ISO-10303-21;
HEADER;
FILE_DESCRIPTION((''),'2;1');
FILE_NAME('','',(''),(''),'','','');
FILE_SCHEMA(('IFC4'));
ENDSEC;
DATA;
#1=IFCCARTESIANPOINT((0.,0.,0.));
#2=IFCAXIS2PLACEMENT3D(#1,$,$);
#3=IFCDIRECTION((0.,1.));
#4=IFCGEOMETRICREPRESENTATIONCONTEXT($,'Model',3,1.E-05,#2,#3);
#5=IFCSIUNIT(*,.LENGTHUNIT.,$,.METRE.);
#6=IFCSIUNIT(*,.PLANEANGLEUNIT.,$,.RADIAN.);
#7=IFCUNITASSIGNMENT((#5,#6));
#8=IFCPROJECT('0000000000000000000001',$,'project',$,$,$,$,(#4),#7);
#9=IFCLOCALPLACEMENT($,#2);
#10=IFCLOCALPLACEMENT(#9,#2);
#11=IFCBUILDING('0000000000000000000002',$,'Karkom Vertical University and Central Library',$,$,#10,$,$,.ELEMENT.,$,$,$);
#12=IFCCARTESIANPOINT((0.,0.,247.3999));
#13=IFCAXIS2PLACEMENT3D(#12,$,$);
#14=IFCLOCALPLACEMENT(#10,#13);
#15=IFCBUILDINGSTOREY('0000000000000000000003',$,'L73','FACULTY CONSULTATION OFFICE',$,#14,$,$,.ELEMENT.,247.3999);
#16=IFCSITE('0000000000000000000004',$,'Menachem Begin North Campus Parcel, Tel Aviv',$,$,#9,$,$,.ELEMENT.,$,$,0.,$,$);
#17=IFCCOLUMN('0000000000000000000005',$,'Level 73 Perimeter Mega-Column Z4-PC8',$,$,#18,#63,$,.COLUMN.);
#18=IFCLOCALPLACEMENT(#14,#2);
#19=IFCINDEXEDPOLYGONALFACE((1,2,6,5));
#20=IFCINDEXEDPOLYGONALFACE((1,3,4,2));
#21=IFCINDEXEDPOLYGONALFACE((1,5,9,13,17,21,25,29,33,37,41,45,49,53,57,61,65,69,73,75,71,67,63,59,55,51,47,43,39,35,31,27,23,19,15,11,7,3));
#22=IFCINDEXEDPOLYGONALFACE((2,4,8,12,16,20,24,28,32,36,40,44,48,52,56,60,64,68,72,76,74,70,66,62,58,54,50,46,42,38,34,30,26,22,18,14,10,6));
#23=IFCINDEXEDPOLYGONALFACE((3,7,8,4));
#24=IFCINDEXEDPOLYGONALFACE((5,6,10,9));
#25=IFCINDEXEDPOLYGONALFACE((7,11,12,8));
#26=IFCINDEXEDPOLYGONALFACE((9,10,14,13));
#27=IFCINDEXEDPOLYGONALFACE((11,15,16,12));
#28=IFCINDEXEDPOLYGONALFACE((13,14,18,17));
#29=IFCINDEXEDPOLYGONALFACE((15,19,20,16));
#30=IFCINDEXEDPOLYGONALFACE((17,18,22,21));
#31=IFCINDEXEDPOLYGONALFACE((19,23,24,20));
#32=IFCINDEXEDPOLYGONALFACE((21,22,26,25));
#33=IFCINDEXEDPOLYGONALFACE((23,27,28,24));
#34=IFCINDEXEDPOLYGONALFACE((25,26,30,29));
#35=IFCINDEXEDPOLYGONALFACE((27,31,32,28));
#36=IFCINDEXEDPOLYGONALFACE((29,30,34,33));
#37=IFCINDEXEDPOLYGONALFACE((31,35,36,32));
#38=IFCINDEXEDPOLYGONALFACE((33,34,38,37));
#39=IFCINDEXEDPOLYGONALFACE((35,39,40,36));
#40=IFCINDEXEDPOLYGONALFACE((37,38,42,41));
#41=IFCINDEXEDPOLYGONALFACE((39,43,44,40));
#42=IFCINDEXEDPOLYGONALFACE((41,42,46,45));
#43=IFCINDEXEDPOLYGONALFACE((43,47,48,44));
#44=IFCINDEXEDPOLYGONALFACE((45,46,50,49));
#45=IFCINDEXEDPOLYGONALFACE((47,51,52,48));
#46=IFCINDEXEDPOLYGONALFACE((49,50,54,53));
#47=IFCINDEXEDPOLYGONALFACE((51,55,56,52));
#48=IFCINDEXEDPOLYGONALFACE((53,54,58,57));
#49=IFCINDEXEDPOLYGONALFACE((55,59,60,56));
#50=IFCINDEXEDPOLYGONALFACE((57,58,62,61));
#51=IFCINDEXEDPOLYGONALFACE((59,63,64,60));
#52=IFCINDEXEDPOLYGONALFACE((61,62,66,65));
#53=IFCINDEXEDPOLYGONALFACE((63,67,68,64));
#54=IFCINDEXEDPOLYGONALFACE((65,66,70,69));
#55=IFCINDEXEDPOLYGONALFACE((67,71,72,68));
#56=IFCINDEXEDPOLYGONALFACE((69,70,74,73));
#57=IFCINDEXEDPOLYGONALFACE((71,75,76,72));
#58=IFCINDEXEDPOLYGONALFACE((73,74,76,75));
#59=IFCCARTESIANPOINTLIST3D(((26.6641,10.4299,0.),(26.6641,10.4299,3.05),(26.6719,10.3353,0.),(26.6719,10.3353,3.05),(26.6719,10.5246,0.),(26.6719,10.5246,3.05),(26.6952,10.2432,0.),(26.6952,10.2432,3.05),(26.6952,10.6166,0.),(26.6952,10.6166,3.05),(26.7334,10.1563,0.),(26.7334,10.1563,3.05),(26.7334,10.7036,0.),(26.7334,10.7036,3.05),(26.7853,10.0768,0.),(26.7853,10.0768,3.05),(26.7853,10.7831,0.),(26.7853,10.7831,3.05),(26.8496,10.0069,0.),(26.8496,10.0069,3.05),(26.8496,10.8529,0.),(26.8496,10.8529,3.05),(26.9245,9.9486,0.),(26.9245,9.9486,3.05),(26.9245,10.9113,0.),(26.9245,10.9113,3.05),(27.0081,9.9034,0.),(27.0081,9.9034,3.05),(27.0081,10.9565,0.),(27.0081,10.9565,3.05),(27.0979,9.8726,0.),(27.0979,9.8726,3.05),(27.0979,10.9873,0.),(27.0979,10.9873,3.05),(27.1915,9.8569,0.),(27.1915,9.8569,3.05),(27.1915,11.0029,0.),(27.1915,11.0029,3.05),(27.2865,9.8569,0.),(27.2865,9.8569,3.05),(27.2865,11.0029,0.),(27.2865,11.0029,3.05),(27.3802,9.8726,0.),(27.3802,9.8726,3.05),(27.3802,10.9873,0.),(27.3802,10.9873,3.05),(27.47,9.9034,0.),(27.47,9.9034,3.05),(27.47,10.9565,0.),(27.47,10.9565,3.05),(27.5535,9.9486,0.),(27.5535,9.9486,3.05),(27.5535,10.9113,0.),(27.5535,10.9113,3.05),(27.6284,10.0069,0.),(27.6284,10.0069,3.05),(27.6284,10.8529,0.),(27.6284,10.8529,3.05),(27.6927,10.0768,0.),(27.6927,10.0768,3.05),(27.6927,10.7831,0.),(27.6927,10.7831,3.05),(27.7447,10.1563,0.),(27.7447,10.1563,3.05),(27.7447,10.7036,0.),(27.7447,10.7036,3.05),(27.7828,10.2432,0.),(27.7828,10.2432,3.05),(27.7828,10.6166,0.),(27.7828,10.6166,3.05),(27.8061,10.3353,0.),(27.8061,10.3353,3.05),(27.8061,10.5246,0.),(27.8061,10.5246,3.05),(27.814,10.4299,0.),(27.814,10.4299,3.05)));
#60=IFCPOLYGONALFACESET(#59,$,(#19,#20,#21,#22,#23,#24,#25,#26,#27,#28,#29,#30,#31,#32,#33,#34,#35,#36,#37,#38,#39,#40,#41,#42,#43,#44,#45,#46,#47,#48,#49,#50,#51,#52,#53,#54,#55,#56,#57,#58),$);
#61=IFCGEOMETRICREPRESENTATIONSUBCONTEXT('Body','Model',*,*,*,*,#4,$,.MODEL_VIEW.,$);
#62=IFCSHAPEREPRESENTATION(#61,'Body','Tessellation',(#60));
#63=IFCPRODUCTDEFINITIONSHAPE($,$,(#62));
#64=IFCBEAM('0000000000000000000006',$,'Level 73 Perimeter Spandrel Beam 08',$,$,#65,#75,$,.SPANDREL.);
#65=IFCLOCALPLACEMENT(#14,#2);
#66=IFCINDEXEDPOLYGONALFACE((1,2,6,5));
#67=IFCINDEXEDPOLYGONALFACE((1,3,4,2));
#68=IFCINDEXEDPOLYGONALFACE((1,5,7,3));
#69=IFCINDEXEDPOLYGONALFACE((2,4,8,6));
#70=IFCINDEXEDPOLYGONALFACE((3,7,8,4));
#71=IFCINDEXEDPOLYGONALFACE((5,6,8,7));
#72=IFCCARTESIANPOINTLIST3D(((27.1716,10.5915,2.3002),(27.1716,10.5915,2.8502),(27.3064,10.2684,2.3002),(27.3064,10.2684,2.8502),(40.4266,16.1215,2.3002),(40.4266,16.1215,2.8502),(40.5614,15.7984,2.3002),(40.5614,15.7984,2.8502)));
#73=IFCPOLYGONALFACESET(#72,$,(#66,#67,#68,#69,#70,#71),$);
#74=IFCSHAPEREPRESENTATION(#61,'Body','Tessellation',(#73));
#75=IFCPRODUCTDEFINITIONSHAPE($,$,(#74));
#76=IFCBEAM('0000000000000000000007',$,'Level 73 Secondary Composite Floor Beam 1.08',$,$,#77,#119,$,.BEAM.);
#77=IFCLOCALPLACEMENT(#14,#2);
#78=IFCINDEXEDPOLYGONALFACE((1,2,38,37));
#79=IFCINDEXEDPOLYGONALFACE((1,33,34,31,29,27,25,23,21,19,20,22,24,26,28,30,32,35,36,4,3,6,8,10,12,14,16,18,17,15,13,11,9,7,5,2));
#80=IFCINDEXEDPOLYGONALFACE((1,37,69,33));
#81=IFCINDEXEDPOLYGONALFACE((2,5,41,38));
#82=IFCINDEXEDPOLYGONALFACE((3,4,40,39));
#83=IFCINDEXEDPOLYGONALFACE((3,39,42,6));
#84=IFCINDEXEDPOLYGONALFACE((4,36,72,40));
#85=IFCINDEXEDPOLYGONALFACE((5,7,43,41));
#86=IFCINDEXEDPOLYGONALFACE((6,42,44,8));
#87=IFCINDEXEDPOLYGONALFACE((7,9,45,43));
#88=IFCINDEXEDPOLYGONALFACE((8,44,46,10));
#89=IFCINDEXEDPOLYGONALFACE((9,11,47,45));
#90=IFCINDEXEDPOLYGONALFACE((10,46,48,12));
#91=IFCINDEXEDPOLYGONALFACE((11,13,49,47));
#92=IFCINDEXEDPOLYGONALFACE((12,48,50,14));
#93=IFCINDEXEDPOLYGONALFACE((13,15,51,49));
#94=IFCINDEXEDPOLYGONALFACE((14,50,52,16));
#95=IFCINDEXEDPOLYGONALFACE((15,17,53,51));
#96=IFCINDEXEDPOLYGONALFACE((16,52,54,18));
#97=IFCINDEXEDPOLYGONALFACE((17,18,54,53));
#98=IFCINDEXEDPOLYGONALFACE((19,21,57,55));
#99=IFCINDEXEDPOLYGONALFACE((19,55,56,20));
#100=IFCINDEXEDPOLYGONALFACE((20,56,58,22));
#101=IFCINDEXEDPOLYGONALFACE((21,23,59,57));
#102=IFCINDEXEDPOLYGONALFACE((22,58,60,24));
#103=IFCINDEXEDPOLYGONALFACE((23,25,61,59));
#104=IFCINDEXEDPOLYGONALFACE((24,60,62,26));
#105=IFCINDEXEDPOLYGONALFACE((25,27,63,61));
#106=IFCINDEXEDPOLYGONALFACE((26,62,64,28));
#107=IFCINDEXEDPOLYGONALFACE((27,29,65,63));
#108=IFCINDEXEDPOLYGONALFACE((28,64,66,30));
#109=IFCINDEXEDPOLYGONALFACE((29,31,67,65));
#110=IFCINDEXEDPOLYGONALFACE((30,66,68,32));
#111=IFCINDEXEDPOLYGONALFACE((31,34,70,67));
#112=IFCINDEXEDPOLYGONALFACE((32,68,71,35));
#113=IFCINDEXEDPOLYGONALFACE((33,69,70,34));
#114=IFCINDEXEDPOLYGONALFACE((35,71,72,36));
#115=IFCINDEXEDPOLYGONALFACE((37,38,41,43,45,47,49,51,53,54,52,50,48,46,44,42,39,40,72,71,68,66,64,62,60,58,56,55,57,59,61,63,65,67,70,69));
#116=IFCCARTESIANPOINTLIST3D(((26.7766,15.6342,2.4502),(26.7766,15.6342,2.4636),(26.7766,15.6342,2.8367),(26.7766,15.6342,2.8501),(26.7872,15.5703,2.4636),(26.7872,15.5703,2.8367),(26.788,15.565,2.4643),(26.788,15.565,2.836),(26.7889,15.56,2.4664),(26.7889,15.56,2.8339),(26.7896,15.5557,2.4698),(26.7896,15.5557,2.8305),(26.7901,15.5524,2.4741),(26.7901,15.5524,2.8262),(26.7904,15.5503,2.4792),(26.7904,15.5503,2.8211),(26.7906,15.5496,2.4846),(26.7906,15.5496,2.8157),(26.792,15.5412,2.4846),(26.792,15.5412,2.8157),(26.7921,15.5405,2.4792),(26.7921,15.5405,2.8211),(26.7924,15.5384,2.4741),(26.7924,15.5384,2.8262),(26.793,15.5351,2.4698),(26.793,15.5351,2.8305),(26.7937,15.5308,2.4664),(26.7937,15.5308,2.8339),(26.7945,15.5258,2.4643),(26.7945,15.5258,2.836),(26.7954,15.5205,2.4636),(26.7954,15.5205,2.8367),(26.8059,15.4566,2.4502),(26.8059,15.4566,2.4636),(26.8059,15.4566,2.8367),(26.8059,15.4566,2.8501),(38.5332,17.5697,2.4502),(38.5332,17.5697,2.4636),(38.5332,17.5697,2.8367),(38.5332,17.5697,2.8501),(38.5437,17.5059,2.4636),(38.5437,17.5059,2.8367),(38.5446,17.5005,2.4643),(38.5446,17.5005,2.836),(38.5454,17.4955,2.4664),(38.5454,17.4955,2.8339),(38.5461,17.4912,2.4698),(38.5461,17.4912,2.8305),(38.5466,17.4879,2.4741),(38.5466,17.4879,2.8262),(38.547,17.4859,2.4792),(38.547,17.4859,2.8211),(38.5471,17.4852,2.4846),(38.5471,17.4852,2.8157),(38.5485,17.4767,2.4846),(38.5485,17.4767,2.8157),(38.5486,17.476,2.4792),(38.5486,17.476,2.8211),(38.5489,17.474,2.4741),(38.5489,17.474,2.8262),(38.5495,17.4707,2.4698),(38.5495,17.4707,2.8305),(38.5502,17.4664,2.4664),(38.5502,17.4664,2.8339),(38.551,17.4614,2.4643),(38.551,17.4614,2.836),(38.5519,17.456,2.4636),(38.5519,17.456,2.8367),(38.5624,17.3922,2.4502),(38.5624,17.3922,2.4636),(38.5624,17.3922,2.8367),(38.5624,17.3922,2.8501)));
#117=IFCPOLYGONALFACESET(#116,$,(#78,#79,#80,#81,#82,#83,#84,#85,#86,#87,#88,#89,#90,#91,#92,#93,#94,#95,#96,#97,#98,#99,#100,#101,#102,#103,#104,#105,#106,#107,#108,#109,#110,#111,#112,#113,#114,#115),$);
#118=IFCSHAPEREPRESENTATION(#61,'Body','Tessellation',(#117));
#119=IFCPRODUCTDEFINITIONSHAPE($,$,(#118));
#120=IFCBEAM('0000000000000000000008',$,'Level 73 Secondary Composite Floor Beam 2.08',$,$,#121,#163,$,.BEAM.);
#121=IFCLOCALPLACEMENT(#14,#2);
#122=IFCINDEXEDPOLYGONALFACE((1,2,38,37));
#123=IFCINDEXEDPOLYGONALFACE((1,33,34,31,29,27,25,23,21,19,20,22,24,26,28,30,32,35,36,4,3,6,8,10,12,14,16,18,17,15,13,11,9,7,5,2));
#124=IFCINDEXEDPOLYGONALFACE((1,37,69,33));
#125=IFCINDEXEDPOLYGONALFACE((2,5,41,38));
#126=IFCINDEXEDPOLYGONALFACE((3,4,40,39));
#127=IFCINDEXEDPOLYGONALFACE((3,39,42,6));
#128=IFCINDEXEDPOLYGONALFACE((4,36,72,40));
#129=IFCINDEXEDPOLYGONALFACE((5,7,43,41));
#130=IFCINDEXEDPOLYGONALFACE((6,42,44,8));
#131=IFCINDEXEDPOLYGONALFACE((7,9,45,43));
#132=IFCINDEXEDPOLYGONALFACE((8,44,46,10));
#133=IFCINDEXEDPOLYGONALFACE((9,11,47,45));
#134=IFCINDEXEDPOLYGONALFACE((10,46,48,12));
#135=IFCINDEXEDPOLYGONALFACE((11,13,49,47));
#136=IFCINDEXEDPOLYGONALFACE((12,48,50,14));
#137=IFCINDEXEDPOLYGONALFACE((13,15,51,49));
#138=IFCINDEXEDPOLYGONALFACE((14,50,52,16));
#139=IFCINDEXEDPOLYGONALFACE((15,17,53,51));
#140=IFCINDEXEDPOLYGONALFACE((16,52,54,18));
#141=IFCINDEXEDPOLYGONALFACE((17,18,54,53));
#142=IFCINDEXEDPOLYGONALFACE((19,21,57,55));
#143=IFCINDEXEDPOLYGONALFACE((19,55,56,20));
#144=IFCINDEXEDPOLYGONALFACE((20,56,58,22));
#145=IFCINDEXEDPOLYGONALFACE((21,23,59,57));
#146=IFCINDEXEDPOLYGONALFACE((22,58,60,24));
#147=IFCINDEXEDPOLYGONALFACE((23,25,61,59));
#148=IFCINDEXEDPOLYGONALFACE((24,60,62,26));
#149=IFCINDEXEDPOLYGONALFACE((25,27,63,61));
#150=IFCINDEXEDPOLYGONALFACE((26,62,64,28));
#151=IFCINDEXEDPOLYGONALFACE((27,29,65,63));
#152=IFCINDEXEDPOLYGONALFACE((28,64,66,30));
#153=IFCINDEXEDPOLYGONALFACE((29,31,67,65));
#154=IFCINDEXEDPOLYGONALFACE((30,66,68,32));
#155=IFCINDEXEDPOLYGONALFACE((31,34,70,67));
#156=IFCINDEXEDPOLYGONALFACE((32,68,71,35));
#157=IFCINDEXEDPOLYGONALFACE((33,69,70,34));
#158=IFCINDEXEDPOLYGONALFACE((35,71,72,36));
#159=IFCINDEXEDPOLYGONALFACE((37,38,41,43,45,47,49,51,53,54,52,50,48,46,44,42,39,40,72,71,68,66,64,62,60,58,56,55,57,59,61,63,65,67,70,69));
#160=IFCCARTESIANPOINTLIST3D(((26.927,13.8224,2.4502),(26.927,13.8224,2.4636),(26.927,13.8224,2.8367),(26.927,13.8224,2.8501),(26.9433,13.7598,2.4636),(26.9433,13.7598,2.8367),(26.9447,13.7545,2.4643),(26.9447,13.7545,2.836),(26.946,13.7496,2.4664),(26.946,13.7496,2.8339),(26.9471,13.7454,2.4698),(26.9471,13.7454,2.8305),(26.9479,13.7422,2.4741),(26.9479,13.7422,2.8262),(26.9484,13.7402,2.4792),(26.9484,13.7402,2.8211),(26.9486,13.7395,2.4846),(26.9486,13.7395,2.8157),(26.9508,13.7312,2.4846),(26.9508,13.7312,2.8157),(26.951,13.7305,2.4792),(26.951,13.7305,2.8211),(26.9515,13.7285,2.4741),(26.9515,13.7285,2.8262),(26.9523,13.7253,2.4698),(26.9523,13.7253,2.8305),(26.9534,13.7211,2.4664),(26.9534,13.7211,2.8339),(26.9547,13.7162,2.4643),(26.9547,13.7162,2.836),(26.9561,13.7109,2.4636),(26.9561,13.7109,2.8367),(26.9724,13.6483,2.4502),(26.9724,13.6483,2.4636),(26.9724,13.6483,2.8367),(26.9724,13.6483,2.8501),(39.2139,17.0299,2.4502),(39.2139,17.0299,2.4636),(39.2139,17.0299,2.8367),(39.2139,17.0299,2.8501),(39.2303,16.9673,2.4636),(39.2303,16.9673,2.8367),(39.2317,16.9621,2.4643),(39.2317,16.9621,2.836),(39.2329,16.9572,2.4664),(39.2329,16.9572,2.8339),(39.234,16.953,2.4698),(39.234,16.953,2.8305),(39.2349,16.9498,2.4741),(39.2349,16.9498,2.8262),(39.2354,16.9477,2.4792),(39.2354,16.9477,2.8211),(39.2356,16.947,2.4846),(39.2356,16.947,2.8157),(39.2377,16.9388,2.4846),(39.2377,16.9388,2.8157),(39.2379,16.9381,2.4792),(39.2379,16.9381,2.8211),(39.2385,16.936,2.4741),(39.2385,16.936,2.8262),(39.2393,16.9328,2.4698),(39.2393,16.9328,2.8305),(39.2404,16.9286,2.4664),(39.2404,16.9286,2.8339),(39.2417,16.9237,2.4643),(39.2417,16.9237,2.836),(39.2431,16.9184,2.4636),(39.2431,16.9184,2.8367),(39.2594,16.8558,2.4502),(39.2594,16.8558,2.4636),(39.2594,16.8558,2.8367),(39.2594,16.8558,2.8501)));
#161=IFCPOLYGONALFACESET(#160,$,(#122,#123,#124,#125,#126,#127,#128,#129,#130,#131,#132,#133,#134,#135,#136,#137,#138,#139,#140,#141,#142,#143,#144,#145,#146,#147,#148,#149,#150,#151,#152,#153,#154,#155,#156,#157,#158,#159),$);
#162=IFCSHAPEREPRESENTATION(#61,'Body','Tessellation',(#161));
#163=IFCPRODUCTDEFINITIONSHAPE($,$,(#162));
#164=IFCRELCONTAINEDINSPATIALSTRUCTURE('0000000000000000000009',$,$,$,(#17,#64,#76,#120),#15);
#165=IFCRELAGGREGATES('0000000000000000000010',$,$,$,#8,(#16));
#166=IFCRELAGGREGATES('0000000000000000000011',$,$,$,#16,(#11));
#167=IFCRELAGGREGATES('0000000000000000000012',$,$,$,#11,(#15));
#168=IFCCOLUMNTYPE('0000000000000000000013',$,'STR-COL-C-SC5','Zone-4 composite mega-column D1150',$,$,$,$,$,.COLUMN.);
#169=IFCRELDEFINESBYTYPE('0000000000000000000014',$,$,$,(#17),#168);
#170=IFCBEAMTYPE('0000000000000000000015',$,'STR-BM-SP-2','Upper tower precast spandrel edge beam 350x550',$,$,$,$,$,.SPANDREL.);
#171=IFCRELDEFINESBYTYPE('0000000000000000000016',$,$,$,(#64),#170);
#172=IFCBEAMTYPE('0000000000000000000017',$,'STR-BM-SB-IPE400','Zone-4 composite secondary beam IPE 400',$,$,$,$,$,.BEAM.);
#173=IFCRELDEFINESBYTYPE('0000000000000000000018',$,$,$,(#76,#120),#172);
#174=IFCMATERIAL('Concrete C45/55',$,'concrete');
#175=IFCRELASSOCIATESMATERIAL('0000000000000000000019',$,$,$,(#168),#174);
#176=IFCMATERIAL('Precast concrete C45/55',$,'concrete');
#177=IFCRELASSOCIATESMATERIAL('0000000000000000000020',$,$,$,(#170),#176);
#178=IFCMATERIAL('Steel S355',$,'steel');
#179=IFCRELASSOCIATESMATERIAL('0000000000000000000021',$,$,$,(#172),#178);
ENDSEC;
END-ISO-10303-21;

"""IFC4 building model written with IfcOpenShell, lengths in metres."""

from ifc_helpers import new_model, si_unit, direction, frame, origin, origin_with_axes, origin_2d, place, context, subcontext, project, spatial, rectangle, circle, i_section, extrude, source, transform, mapped, material, material_profile, profile_set, type_object, element, save


model = new_model("IFC4")

# Units and contexts
model_context = context("Model", 3, precision=1e-05, world=origin(), true_north=direction((0.0, 1.0)))
body_context = subcontext(model_context, "Body", "Model", "MODEL_VIEW")
ifc_project = project(units=[si_unit("LENGTHUNIT", "METRE"), si_unit("PLANEANGLEUNIT", "RADIAN")], contexts=[model_context])

# Site, building, storey
site_placement = place(None, origin())
site = spatial("IfcSite", under=ifc_project, at=site_placement, Name="Menachem Begin North Campus Parcel, Tel Aviv", CompositionType="ELEMENT", RefElevation=0.0)
building_placement = place(site_placement, origin())
building = spatial("IfcBuilding", under=site, at=building_placement, Name="Karkom Vertical University and Central Library", CompositionType="ELEMENT")
storey_placement = place(building_placement, frame((0.0, 0.0, 247.3999)))
storey = spatial("IfcBuildingStorey", under=building, at=storey_placement, Name="L73", Description="FACULTY CONSULTATION OFFICE", CompositionType="ELEMENT", Elevation=247.3999)

# Column
ifc_material_1 = material(Name="Concrete C45/55", Category="concrete")
ifc_material_profile_1 = material_profile(ifc_material_1, circle(Radius=0.575, at=origin_2d()), Name="CFT-D1150")
ifc_profile_set_1 = profile_set([ifc_material_profile_1], Name="Concrete C45/55")
column_type = type_object("IfcColumnType", Name="STR-COL-C-SC5", Description="Zone-4 composite mega-column D1150", PredefinedType="COLUMN", material=ifc_profile_set_1)
shared_shape_1 = source(origin_with_axes(), body_context, "Body", "SweptSolid", [
    extrude(circle(Radius=0.575, at=origin_2d()), origin(), (0.0, 0.0, 1.0), 3.05),
])
column_placement = place(storey_placement, frame((27.239, 10.4299, 0.0), z_axis=(0.0, 0.0, 1.0), x_axis=(1.0, 0.0, 0.0)))
element("IfcColumn", 1, at=column_placement, inside=storey, type_object=column_type, Name="Level 73 Perimeter Mega-Column Z4-PC8", PredefinedType="COLUMN", context=body_context, shape_type="MappedRepresentation", body=[
    mapped(shared_shape_1, transform((0.0, 0.0, 0.0), scale=1.0)),
])

# Beams
ifc_material_2 = material(Name="Precast concrete C45/55", Category="concrete")
ifc_material_profile_2 = material_profile(ifc_material_2, rectangle(XDim=0.3501, YDim=0.55, at=origin_2d()), Name="SPB-350x550")
ifc_profile_set_2 = profile_set([ifc_material_profile_2], Name="Precast concrete C45/55")
beam_type_1 = type_object("IfcBeamType", Name="STR-BM-SP-2", Description="Upper tower precast spandrel edge beam 350x550", PredefinedType="SPANDREL", material=ifc_profile_set_2)
shared_shape_2 = source(origin_with_axes(), body_context, "Body", "SweptSolid", [
    extrude(rectangle(XDim=0.3501, YDim=0.55, at=origin_2d()), origin(), (0.0, 0.0, 1.0), 14.3623),
])
beam_1_placement = place(storey_placement, frame((27.239, 10.4299, 2.5752), z_axis=(0.9229, 0.38504, 0.0), x_axis=(-0.38504, 0.9229, 0.0)))
element("IfcBeam", 2, at=beam_1_placement, inside=storey, type_object=beam_type_1, Name="Level 73 Perimeter Spandrel Beam 08", PredefinedType="SPANDREL", context=body_context, shape_type="MappedRepresentation", body=[
    mapped(shared_shape_2, transform((0.0, 0.0, 0.0), scale=1.0)),
])
ifc_material_3 = material(Name="Steel S355", Category="steel")
ifc_material_profile_3 = material_profile(ifc_material_3, i_section(OverallWidth=0.1799, OverallDepth=0.3999, WebThickness=0.0085, FlangeThickness=0.0134, FilletRadius=0.021, at=origin_2d()), Name="IPE 400")
ifc_profile_set_3 = profile_set([ifc_material_profile_3], Name="Steel S355")
beam_type_2 = type_object("IfcBeamType", Name="STR-BM-SB-IPE400", Description="Zone-4 composite secondary beam IPE 400", PredefinedType="BEAM", material=ifc_profile_set_3)
shared_shape_3 = source(origin_with_axes(), body_context, "Body", "SweptSolid", [
    extrude(i_section(OverallWidth=0.1799, OverallDepth=0.3999, WebThickness=0.0085, FlangeThickness=0.0134, FilletRadius=0.021, at=origin_2d()), origin(), (0.0, 0.0, 1.0), 11.9148),
])
beam_2_placement = place(storey_placement, frame((26.7913, 15.5454, 2.6501), z_axis=(0.986717, 0.162448, 0.0), x_axis=(-0.162448, 0.986717, 0.0)))
element("IfcBeam", 3, at=beam_2_placement, inside=storey, type_object=beam_type_2, Name="Level 73 Secondary Composite Floor Beam 1.08", PredefinedType="BEAM", context=body_context, shape_type="MappedRepresentation", body=[
    mapped(shared_shape_3, transform((0.0, 0.0, 0.0), scale=1.0)),
])
shared_shape_4 = source(origin_with_axes(), body_context, "Body", "SweptSolid", [
    extrude(i_section(OverallWidth=0.1799, OverallDepth=0.3999, WebThickness=0.0085, FlangeThickness=0.0134, FilletRadius=0.021, at=origin_2d()), origin(), (0.0, 0.0, 1.0), 12.6987),
])
beam_3_placement = place(storey_placement, frame((26.9497, 13.7354, 2.6501), z_axis=(0.967574, 0.252588, 0.0), x_axis=(-0.252588, 0.967574, 0.0)))
element("IfcBeam", 4, at=beam_3_placement, inside=storey, type_object=beam_type_2, Name="Level 73 Secondary Composite Floor Beam 2.08", PredefinedType="BEAM", context=body_context, shape_type="MappedRepresentation", body=[
    mapped(shared_shape_4, transform((0.0, 0.0, 0.0), scale=1.0)),
])

save(model, "model.ifc")
